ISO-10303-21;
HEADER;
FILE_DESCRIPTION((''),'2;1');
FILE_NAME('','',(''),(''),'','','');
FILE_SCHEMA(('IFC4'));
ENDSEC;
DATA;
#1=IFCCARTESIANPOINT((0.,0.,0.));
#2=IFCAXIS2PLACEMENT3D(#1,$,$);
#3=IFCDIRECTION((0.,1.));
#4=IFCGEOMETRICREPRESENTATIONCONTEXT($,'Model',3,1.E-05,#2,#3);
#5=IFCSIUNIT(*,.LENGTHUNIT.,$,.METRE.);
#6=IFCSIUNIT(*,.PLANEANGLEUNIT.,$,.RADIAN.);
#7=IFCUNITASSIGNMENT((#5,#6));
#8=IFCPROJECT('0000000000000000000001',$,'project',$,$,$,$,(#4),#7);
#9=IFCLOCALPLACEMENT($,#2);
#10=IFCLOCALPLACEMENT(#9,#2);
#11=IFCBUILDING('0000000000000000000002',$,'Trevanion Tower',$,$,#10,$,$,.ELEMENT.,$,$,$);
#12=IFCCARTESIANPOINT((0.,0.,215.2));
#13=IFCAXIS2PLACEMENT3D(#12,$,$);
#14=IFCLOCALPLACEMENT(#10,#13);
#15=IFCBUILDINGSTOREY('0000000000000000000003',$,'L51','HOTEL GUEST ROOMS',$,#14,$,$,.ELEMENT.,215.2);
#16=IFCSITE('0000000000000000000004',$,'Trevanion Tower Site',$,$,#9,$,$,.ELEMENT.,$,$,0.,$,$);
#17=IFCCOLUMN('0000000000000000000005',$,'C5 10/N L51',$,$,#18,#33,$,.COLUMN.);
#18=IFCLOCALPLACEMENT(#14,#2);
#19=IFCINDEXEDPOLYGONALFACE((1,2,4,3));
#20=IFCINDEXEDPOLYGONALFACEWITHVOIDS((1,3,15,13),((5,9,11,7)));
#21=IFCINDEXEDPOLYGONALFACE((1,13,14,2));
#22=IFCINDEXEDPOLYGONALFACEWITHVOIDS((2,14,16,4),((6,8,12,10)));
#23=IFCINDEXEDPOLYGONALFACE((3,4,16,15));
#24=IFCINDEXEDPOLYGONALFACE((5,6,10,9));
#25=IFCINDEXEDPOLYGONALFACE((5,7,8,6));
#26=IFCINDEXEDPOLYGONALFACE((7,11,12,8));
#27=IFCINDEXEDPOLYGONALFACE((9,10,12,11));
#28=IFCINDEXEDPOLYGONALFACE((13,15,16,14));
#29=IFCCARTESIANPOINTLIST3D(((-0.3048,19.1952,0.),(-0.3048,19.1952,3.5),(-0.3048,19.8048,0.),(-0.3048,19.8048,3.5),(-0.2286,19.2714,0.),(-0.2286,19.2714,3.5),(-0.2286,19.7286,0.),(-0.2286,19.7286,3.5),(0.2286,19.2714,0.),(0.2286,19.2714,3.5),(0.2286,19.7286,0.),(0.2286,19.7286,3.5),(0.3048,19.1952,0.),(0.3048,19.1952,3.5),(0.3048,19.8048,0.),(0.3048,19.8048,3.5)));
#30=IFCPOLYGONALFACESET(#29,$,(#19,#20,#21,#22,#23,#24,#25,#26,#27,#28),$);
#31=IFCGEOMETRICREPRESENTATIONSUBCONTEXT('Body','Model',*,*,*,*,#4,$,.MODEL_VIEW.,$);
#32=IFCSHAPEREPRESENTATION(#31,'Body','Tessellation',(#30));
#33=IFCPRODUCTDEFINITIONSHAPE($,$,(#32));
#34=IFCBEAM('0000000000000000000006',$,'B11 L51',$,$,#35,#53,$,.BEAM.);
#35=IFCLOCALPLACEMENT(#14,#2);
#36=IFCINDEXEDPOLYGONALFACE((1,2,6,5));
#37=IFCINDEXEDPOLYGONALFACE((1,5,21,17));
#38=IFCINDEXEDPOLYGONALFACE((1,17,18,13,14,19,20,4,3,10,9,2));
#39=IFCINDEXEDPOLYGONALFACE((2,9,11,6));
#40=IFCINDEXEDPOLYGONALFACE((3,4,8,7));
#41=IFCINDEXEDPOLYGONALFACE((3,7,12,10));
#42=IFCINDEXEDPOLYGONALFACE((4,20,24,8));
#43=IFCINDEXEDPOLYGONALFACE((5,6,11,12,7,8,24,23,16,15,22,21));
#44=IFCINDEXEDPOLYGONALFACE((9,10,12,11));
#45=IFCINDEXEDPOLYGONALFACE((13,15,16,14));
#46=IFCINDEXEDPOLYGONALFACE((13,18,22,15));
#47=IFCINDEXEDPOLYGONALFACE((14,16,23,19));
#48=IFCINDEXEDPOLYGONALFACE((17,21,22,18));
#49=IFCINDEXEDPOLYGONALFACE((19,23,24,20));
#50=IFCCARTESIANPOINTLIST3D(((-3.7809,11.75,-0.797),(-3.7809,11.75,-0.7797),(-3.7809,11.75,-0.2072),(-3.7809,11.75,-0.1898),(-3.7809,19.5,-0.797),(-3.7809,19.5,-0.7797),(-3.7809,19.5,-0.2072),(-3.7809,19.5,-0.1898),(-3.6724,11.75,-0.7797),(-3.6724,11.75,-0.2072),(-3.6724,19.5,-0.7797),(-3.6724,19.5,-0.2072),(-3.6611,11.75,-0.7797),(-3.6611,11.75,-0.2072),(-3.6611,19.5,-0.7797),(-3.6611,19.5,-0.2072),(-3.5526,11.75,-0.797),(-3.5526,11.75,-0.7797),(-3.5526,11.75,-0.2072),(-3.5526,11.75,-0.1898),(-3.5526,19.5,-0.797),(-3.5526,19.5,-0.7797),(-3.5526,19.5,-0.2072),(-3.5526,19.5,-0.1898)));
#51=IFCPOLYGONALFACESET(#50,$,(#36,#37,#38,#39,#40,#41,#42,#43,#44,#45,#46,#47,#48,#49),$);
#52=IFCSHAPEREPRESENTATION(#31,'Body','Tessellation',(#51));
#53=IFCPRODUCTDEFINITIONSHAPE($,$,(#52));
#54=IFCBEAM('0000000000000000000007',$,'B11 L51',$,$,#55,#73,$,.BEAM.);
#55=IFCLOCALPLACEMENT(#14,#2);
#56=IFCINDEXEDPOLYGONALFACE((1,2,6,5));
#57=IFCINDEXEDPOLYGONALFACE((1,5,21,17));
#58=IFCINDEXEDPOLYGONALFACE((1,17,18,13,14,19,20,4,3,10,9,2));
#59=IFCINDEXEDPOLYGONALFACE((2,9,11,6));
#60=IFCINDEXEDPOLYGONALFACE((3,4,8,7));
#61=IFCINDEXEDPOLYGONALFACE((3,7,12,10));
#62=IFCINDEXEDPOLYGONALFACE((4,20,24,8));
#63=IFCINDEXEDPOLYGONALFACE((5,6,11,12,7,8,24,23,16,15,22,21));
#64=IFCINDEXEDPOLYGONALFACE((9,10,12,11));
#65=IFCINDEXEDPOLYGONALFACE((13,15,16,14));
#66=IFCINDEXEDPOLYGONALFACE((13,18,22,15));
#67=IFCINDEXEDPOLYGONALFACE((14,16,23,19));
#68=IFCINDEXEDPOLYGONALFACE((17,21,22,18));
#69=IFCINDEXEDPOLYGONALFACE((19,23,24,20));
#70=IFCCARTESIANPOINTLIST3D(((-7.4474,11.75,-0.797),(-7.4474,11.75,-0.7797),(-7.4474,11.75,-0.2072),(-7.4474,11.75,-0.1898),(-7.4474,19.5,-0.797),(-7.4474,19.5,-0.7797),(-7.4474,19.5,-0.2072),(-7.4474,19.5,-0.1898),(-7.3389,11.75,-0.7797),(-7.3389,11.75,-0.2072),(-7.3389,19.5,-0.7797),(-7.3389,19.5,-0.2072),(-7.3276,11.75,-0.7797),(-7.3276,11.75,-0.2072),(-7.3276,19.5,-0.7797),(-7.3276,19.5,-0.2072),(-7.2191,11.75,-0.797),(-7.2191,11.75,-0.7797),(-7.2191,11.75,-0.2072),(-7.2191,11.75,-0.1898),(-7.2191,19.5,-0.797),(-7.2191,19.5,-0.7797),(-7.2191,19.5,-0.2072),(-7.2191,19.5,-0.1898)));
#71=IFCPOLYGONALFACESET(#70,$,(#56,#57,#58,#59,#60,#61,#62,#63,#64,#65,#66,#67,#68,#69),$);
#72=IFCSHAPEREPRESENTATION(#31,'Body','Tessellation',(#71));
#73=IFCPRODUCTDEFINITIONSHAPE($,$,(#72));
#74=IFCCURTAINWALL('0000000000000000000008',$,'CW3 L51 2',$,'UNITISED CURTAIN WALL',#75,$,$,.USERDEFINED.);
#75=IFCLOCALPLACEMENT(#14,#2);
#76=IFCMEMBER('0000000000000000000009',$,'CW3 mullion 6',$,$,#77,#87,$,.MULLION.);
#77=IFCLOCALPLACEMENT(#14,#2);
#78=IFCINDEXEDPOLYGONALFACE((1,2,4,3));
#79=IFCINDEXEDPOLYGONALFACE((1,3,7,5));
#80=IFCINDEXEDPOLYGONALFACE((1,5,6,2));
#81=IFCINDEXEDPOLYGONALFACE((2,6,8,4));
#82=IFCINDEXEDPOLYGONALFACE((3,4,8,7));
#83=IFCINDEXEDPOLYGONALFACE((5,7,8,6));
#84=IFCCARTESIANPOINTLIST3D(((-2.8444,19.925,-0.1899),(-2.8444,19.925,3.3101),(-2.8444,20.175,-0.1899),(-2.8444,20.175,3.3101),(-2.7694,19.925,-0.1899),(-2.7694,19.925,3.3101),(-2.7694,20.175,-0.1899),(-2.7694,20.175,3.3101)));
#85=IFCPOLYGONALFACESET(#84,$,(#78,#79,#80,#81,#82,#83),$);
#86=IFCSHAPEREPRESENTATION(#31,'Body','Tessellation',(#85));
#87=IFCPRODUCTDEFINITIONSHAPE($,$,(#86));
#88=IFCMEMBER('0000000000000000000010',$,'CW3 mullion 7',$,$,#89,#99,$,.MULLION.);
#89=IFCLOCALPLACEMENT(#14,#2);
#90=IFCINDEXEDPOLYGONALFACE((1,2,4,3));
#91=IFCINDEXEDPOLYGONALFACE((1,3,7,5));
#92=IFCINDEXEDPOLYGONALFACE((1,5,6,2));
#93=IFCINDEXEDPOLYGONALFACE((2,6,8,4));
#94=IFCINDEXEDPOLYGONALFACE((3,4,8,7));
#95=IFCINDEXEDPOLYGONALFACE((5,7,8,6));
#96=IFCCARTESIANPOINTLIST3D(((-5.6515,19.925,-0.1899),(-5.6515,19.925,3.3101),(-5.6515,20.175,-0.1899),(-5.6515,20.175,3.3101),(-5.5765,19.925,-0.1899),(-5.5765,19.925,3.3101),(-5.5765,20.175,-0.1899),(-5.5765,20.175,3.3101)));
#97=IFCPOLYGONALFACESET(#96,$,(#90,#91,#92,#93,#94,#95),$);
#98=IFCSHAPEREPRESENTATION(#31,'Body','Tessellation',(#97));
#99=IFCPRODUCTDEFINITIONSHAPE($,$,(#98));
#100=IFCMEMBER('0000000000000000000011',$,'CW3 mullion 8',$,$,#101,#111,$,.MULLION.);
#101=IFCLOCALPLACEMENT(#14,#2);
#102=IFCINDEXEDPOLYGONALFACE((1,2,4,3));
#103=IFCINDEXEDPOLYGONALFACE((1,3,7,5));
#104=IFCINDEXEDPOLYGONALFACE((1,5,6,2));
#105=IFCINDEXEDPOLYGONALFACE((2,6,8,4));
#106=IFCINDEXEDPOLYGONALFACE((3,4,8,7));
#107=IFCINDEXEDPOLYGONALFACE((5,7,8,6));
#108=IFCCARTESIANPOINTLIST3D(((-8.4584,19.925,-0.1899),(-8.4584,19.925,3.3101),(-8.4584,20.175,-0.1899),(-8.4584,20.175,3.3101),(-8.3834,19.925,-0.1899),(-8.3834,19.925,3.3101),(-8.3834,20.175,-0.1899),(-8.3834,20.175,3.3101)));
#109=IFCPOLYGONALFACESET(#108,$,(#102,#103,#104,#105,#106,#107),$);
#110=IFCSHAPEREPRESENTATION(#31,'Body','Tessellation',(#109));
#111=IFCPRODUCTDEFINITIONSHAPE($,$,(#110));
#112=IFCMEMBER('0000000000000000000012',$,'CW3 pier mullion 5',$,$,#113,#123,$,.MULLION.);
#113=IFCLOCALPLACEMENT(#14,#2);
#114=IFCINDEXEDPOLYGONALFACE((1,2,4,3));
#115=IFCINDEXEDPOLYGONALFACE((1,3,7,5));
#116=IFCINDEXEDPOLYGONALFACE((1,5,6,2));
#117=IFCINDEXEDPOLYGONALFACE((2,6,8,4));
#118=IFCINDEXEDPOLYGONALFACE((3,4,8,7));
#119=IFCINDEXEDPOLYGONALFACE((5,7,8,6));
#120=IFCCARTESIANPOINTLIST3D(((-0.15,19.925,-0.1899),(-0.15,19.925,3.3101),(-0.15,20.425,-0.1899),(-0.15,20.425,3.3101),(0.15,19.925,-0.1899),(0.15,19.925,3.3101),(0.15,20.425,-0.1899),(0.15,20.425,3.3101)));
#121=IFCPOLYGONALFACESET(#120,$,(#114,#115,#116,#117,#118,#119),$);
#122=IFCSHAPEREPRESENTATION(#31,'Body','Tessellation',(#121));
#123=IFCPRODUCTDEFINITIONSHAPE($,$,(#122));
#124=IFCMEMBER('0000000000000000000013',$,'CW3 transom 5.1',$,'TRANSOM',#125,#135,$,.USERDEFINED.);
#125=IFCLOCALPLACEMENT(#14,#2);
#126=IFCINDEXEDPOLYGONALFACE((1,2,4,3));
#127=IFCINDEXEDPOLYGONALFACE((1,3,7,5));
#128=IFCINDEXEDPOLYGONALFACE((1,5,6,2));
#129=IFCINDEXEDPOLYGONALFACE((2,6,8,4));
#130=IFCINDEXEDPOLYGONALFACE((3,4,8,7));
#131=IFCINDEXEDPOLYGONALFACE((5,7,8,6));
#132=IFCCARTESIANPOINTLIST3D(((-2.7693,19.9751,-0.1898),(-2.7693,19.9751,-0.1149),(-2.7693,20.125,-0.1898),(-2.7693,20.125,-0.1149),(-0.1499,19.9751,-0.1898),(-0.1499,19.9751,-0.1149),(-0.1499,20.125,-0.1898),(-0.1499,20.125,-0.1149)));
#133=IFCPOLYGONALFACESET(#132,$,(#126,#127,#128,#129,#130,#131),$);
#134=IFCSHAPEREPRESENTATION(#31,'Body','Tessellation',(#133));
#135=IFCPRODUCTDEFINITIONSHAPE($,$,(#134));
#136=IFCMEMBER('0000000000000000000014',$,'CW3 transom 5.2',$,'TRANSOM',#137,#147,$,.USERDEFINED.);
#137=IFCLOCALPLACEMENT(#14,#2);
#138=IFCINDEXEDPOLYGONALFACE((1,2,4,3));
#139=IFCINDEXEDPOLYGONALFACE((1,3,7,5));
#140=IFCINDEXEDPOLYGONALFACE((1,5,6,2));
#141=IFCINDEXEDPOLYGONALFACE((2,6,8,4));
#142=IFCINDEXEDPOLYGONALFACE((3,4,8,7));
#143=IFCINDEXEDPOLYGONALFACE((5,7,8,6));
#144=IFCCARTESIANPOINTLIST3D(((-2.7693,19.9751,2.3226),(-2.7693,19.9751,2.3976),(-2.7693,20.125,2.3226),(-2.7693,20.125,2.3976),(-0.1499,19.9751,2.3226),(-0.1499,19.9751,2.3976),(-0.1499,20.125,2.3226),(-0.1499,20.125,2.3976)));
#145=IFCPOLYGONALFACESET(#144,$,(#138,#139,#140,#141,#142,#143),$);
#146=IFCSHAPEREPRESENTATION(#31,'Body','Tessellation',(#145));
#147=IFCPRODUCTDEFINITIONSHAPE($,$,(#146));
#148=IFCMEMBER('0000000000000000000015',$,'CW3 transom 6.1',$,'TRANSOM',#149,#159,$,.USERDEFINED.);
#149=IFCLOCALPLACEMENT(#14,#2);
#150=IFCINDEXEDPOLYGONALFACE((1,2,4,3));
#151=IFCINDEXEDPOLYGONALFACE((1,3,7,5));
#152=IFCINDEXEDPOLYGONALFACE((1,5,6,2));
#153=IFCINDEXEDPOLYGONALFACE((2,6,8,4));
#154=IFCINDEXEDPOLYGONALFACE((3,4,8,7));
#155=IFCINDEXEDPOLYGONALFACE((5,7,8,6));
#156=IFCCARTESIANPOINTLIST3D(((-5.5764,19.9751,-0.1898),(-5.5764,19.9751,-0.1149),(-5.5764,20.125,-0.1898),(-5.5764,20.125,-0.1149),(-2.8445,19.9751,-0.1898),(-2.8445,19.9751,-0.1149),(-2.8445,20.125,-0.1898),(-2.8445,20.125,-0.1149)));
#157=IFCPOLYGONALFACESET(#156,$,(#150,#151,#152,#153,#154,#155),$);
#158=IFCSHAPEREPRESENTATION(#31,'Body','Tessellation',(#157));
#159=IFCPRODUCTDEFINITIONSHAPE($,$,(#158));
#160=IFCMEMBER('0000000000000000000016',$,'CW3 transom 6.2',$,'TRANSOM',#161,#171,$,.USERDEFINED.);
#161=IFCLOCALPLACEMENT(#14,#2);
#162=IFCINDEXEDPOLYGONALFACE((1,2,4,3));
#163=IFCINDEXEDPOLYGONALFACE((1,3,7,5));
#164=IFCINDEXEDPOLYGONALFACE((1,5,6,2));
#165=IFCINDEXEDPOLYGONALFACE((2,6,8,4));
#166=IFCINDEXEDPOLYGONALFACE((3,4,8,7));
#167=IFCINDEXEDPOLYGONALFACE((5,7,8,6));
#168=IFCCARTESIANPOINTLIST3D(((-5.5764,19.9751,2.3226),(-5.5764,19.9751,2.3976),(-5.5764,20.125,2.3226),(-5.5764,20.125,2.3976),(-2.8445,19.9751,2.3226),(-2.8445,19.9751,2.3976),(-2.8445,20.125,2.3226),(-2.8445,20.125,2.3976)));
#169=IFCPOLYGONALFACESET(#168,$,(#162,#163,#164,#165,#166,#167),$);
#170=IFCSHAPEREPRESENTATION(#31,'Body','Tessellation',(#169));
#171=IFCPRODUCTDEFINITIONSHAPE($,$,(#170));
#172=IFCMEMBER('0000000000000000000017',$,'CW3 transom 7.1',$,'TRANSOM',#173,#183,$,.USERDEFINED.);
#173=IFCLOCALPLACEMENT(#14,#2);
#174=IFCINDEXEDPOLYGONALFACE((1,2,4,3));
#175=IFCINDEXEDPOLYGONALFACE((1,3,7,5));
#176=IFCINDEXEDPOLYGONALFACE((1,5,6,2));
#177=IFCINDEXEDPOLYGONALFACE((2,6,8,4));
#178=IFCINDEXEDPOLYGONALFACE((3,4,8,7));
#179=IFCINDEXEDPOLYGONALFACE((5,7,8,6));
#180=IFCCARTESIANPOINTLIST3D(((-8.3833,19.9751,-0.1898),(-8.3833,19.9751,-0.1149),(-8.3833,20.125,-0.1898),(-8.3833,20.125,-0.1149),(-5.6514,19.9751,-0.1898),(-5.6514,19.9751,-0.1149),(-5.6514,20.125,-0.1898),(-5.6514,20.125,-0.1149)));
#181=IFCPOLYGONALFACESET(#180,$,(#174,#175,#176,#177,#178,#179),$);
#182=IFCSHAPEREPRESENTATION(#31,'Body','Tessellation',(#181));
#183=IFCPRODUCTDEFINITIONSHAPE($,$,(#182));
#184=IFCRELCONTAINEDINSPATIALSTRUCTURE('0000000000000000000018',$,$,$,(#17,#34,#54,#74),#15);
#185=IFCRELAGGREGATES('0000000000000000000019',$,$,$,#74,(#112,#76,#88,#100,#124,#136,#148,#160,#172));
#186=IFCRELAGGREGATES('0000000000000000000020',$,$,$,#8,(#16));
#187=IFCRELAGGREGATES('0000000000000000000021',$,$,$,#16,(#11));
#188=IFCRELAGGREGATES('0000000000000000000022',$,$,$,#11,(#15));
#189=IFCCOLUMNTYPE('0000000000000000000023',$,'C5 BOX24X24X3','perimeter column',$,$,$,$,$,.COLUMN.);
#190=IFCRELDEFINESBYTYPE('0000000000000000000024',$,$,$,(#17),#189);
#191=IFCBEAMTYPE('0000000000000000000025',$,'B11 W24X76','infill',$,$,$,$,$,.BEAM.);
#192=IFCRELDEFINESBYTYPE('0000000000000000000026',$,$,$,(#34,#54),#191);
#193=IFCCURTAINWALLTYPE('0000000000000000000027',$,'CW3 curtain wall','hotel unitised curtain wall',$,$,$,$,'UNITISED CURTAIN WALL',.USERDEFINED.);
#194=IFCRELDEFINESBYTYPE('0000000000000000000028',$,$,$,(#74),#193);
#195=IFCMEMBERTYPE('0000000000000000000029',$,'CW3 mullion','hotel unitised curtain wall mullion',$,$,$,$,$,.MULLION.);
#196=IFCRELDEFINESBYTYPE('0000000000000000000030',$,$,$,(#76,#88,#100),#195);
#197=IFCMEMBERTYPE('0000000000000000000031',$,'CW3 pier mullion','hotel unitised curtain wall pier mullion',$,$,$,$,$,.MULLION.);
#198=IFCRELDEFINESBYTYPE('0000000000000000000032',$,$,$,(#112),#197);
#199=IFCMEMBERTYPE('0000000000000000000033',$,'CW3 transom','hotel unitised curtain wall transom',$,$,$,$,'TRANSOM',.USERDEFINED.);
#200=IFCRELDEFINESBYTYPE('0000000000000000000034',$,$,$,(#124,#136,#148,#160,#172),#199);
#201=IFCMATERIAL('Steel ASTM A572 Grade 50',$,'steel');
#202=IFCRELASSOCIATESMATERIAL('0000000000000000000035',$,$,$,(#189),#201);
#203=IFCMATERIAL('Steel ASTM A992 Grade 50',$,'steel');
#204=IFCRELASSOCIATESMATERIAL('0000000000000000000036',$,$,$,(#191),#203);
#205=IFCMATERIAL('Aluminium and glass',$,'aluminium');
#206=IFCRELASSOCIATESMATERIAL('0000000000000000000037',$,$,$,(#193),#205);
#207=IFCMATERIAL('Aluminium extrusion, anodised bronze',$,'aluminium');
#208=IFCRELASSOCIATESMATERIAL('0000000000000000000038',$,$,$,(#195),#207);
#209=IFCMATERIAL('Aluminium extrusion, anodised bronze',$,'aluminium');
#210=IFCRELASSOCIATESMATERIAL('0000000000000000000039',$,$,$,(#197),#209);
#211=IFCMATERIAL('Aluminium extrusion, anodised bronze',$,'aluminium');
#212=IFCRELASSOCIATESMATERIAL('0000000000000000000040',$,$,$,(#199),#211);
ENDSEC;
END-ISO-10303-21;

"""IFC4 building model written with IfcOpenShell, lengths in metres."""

from ifc_helpers import new_model, si_unit, direction, frame, origin, origin_2d, place, context, subcontext, project, spatial, rectangle, hollow_rectangle, i_section, extrude, material, material_profile, profile_set, type_object, element, aggregate, save


model = new_model("IFC4")

# Units and contexts
model_context = context("Model", 3, precision=1e-05, world=origin(), true_north=direction((0.0, 1.0)))
body_context = subcontext(model_context, "Body", "Model", "MODEL_VIEW")
ifc_project = project(units=[si_unit("LENGTHUNIT", "METRE"), si_unit("PLANEANGLEUNIT", "RADIAN")], contexts=[model_context])

# Site, building, storey
site_placement = place(None, origin())
site = spatial("IfcSite", under=ifc_project, at=site_placement, Name="Trevanion Tower Site", CompositionType="ELEMENT", RefElevation=0.0)
building_placement = place(site_placement, origin())
building = spatial("IfcBuilding", under=site, at=building_placement, Name="Trevanion Tower", CompositionType="ELEMENT")
storey_placement = place(building_placement, frame((0.0, 0.0, 215.2)))
storey = spatial("IfcBuildingStorey", under=building, at=storey_placement, Name="L51", Description="HOTEL GUEST ROOMS", CompositionType="ELEMENT", Elevation=215.2)

# Column
ifc_material_1 = material(Name="Steel ASTM A572 Grade 50", Category="steel")
ifc_material_profile_1 = material_profile(ifc_material_1, hollow_rectangle(XDim=0.6096, YDim=0.6096, WallThickness=0.0762, at=origin_2d()), Name="BOX24X24X3")
ifc_profile_set_1 = profile_set([ifc_material_profile_1], Name="Steel ASTM A572 Grade 50")
column_type = type_object("IfcColumnType", Name="C5 BOX24X24X3", Description="perimeter column", PredefinedType="COLUMN", material=ifc_profile_set_1)
column_placement = place(storey_placement, frame((0.0, 19.5, 0.0), z_axis=(0.0, 0.0, 1.0), x_axis=(1.0, 0.0, 0.0)))
element("IfcColumn", 1, at=column_placement, inside=storey, type_object=column_type, Name="C5 10/N L51", PredefinedType="COLUMN", context=body_context, shape_type="SweptSolid", body=[
    extrude(hollow_rectangle(XDim=0.6096, YDim=0.6096, WallThickness=0.0762, at=origin_2d()), origin(), (0.0, 0.0, 1.0), 3.5),
])

# Beams
ifc_material_2 = material(Name="Steel ASTM A992 Grade 50", Category="steel")
ifc_material_profile_2 = material_profile(ifc_material_2, i_section(OverallWidth=0.2283, OverallDepth=0.6072, WebThickness=0.0112, FlangeThickness=0.0173, at=origin_2d()), Name="W24X76")
ifc_profile_set_2 = profile_set([ifc_material_profile_2], Name="Steel ASTM A992 Grade 50")
beam_type_1 = type_object("IfcBeamType", Name="B11 W24X76", Description="infill", PredefinedType="BEAM", material=ifc_profile_set_2)
for number, where, z_axis, x_axis, name in (
    (2, (-3.6667, 11.75, -0.4934), (0.0, 1.0, 0.0), (-1.0, 0.0, 0.0), "B11 L51"),
    (3, (-7.3333, 11.75, -0.4934), (0.0, 1.0, 0.0), (-1.0, 0.0, 0.0), "B11 L51"),
):
    element("IfcBeam", number, at=place(storey_placement, frame(where, z_axis=z_axis, x_axis=x_axis)), inside=storey, type_object=beam_type_1, Name=name, PredefinedType="BEAM", context=body_context, shape_type="SweptSolid", body=[
        extrude(i_section(OverallWidth=0.2283, OverallDepth=0.6072, WebThickness=0.0112, FlangeThickness=0.0173, at=origin_2d()), origin(), (0.0, 0.0, 1.0), 7.75),
    ])

# Curtain wall, members
ifc_material_3 = material(Name="Aluminium and glass", Category="aluminium")
curtain_wall_type = type_object("IfcCurtainWallType", Name="CW3 curtain wall", Description="hotel unitised curtain wall", ElementType="UNITISED CURTAIN WALL", PredefinedType="USERDEFINED", material=ifc_material_3)
curtain_wall_placement = place(storey_placement, origin())
curtain_wall = element("IfcCurtainWall", 4, at=curtain_wall_placement, inside=storey, type_object=curtain_wall_type, Name="CW3 L51 2", ObjectType="UNITISED CURTAIN WALL", PredefinedType="USERDEFINED")
ifc_material_4 = material(Name="Aluminium extrusion, anodised bronze", Category="aluminium")
ifc_material_profile_3 = material_profile(ifc_material_4, rectangle(XDim=0.075, YDim=0.25, at=origin_2d()), Name="CW3 mullion")
ifc_profile_set_3 = profile_set([ifc_material_profile_3], Name="Aluminium extrusion, anodised bronze")
member_type_1 = type_object("IfcMemberType", Name="CW3 mullion", Description="hotel unitised curtain wall mullion", PredefinedType="MULLION", material=ifc_profile_set_3)
member_1_placement = place(storey_placement, frame((-2.8069, 20.05, -0.1899), z_axis=(0.0, 0.0, 1.0), x_axis=(-1.0, 0.0, 0.0)))
member_1 = element("IfcMember", 5, at=member_1_placement, type_object=member_type_1, Name="CW3 mullion 6", PredefinedType="MULLION", context=body_context, shape_type="SweptSolid", body=[
    extrude(rectangle(XDim=0.075, YDim=0.25, at=origin_2d()), origin(), (0.0, 0.0, 1.0), 3.5),
])
member_2_placement = place(storey_placement, frame((-5.614, 20.05, -0.1899), z_axis=(0.0, 0.0, 1.0), x_axis=(-1.0, 0.0, 0.0)))
member_2 = element("IfcMember", 6, at=member_2_placement, type_object=member_type_1, Name="CW3 mullion 7", PredefinedType="MULLION", context=body_context, shape_type="SweptSolid", body=[
    extrude(rectangle(XDim=0.075, YDim=0.25, at=origin_2d()), origin(), (0.0, 0.0, 1.0), 3.5),
])
member_3_placement = place(storey_placement, frame((-8.4209, 20.05, -0.1899), z_axis=(0.0, 0.0, 1.0), x_axis=(-1.0, 0.0, 0.0)))
member_3 = element("IfcMember", 7, at=member_3_placement, type_object=member_type_1, Name="CW3 mullion 8", PredefinedType="MULLION", context=body_context, shape_type="SweptSolid", body=[
    extrude(rectangle(XDim=0.075, YDim=0.25, at=origin_2d()), origin(), (0.0, 0.0, 1.0), 3.5),
])
ifc_material_5 = material(Name="Aluminium extrusion, anodised bronze", Category="aluminium")
ifc_material_profile_4 = material_profile(ifc_material_5, rectangle(XDim=0.3, YDim=0.5, at=origin_2d()), Name="CW3 pier mullion")
ifc_profile_set_4 = profile_set([ifc_material_profile_4], Name="Aluminium extrusion, anodised bronze")
member_type_2 = type_object("IfcMemberType", Name="CW3 pier mullion", Description="hotel unitised curtain wall pier mullion", PredefinedType="MULLION", material=ifc_profile_set_4)
member_4_placement = place(storey_placement, frame((0.0, 20.175, -0.1899), z_axis=(0.0, 0.0, 1.0), x_axis=(-1.0, 0.0, 0.0)))
member_4 = element("IfcMember", 8, at=member_4_placement, type_object=member_type_2, Name="CW3 pier mullion 5", PredefinedType="MULLION", context=body_context, shape_type="SweptSolid", body=[
    extrude(rectangle(XDim=0.3, YDim=0.5, at=origin_2d()), origin(), (0.0, 0.0, 1.0), 3.5),
])
ifc_material_6 = material(Name="Aluminium extrusion, anodised bronze", Category="aluminium")
ifc_material_profile_5 = material_profile(ifc_material_6, rectangle(XDim=0.1499, YDim=0.075, at=origin_2d()), Name="CW3 transom")
ifc_profile_set_5 = profile_set([ifc_material_profile_5], Name="Aluminium extrusion, anodised bronze")
member_type_3 = type_object("IfcMemberType", Name="CW3 transom", Description="hotel unitised curtain wall transom", ElementType="TRANSOM", PredefinedType="USERDEFINED", material=ifc_profile_set_5)
member_5_placement = place(storey_placement, frame((-0.1499, 20.05, -0.1523), z_axis=(-1.0, 0.0, 0.0), x_axis=(0.0, -1.0, 0.0)))
member_5 = element("IfcMember", 9, at=member_5_placement, type_object=member_type_3, Name="CW3 transom 5.1", ObjectType="TRANSOM", PredefinedType="USERDEFINED", context=body_context, shape_type="SweptSolid", body=[
    extrude(rectangle(XDim=0.1499, YDim=0.075, at=origin_2d()), origin(), (0.0, 0.0, 1.0), 2.6194),
])
member_6_placement = place(storey_placement, frame((-0.1499, 20.05, 2.3601), z_axis=(-1.0, 0.0, 0.0), x_axis=(0.0, -1.0, 0.0)))
member_6 = element("IfcMember", 10, at=member_6_placement, type_object=member_type_3, Name="CW3 transom 5.2", ObjectType="TRANSOM", PredefinedType="USERDEFINED", context=body_context, shape_type="SweptSolid", body=[
    extrude(rectangle(XDim=0.1499, YDim=0.075, at=origin_2d()), origin(), (0.0, 0.0, 1.0), 2.6194),
])
member_7_placement = place(storey_placement, frame((-2.8445, 20.05, -0.1523), z_axis=(-1.0, 0.0, 0.0), x_axis=(0.0, -1.0, 0.0)))
member_7 = element("IfcMember", 11, at=member_7_placement, type_object=member_type_3, Name="CW3 transom 6.1", ObjectType="TRANSOM", PredefinedType="USERDEFINED", context=body_context, shape_type="SweptSolid", body=[
    extrude(rectangle(XDim=0.1499, YDim=0.075, at=origin_2d()), origin(), (0.0, 0.0, 1.0), 2.7319),
])
member_8_placement = place(storey_placement, frame((-2.8445, 20.05, 2.3601), z_axis=(-1.0, 0.0, 0.0), x_axis=(0.0, -1.0, 0.0)))
member_8 = element("IfcMember", 12, at=member_8_placement, type_object=member_type_3, Name="CW3 transom 6.2", ObjectType="TRANSOM", PredefinedType="USERDEFINED", context=body_context, shape_type="SweptSolid", body=[
    extrude(rectangle(XDim=0.1499, YDim=0.075, at=origin_2d()), origin(), (0.0, 0.0, 1.0), 2.7319),
])
member_9_placement = place(storey_placement, frame((-5.6514, 20.05, -0.1523), z_axis=(-1.0, 0.0, 0.0), x_axis=(0.0, -1.0, 0.0)))
member_9 = element("IfcMember", 13, at=member_9_placement, type_object=member_type_3, Name="CW3 transom 7.1", ObjectType="TRANSOM", PredefinedType="USERDEFINED", context=body_context, shape_type="SweptSolid", body=[
    extrude(rectangle(XDim=0.1499, YDim=0.075, at=origin_2d()), origin(), (0.0, 0.0, 1.0), 2.7319),
])

aggregate(curtain_wall, [member_4, member_1, member_2, member_3, member_5, member_6, member_7, member_8, member_9])

save(model, "model.ifc")
